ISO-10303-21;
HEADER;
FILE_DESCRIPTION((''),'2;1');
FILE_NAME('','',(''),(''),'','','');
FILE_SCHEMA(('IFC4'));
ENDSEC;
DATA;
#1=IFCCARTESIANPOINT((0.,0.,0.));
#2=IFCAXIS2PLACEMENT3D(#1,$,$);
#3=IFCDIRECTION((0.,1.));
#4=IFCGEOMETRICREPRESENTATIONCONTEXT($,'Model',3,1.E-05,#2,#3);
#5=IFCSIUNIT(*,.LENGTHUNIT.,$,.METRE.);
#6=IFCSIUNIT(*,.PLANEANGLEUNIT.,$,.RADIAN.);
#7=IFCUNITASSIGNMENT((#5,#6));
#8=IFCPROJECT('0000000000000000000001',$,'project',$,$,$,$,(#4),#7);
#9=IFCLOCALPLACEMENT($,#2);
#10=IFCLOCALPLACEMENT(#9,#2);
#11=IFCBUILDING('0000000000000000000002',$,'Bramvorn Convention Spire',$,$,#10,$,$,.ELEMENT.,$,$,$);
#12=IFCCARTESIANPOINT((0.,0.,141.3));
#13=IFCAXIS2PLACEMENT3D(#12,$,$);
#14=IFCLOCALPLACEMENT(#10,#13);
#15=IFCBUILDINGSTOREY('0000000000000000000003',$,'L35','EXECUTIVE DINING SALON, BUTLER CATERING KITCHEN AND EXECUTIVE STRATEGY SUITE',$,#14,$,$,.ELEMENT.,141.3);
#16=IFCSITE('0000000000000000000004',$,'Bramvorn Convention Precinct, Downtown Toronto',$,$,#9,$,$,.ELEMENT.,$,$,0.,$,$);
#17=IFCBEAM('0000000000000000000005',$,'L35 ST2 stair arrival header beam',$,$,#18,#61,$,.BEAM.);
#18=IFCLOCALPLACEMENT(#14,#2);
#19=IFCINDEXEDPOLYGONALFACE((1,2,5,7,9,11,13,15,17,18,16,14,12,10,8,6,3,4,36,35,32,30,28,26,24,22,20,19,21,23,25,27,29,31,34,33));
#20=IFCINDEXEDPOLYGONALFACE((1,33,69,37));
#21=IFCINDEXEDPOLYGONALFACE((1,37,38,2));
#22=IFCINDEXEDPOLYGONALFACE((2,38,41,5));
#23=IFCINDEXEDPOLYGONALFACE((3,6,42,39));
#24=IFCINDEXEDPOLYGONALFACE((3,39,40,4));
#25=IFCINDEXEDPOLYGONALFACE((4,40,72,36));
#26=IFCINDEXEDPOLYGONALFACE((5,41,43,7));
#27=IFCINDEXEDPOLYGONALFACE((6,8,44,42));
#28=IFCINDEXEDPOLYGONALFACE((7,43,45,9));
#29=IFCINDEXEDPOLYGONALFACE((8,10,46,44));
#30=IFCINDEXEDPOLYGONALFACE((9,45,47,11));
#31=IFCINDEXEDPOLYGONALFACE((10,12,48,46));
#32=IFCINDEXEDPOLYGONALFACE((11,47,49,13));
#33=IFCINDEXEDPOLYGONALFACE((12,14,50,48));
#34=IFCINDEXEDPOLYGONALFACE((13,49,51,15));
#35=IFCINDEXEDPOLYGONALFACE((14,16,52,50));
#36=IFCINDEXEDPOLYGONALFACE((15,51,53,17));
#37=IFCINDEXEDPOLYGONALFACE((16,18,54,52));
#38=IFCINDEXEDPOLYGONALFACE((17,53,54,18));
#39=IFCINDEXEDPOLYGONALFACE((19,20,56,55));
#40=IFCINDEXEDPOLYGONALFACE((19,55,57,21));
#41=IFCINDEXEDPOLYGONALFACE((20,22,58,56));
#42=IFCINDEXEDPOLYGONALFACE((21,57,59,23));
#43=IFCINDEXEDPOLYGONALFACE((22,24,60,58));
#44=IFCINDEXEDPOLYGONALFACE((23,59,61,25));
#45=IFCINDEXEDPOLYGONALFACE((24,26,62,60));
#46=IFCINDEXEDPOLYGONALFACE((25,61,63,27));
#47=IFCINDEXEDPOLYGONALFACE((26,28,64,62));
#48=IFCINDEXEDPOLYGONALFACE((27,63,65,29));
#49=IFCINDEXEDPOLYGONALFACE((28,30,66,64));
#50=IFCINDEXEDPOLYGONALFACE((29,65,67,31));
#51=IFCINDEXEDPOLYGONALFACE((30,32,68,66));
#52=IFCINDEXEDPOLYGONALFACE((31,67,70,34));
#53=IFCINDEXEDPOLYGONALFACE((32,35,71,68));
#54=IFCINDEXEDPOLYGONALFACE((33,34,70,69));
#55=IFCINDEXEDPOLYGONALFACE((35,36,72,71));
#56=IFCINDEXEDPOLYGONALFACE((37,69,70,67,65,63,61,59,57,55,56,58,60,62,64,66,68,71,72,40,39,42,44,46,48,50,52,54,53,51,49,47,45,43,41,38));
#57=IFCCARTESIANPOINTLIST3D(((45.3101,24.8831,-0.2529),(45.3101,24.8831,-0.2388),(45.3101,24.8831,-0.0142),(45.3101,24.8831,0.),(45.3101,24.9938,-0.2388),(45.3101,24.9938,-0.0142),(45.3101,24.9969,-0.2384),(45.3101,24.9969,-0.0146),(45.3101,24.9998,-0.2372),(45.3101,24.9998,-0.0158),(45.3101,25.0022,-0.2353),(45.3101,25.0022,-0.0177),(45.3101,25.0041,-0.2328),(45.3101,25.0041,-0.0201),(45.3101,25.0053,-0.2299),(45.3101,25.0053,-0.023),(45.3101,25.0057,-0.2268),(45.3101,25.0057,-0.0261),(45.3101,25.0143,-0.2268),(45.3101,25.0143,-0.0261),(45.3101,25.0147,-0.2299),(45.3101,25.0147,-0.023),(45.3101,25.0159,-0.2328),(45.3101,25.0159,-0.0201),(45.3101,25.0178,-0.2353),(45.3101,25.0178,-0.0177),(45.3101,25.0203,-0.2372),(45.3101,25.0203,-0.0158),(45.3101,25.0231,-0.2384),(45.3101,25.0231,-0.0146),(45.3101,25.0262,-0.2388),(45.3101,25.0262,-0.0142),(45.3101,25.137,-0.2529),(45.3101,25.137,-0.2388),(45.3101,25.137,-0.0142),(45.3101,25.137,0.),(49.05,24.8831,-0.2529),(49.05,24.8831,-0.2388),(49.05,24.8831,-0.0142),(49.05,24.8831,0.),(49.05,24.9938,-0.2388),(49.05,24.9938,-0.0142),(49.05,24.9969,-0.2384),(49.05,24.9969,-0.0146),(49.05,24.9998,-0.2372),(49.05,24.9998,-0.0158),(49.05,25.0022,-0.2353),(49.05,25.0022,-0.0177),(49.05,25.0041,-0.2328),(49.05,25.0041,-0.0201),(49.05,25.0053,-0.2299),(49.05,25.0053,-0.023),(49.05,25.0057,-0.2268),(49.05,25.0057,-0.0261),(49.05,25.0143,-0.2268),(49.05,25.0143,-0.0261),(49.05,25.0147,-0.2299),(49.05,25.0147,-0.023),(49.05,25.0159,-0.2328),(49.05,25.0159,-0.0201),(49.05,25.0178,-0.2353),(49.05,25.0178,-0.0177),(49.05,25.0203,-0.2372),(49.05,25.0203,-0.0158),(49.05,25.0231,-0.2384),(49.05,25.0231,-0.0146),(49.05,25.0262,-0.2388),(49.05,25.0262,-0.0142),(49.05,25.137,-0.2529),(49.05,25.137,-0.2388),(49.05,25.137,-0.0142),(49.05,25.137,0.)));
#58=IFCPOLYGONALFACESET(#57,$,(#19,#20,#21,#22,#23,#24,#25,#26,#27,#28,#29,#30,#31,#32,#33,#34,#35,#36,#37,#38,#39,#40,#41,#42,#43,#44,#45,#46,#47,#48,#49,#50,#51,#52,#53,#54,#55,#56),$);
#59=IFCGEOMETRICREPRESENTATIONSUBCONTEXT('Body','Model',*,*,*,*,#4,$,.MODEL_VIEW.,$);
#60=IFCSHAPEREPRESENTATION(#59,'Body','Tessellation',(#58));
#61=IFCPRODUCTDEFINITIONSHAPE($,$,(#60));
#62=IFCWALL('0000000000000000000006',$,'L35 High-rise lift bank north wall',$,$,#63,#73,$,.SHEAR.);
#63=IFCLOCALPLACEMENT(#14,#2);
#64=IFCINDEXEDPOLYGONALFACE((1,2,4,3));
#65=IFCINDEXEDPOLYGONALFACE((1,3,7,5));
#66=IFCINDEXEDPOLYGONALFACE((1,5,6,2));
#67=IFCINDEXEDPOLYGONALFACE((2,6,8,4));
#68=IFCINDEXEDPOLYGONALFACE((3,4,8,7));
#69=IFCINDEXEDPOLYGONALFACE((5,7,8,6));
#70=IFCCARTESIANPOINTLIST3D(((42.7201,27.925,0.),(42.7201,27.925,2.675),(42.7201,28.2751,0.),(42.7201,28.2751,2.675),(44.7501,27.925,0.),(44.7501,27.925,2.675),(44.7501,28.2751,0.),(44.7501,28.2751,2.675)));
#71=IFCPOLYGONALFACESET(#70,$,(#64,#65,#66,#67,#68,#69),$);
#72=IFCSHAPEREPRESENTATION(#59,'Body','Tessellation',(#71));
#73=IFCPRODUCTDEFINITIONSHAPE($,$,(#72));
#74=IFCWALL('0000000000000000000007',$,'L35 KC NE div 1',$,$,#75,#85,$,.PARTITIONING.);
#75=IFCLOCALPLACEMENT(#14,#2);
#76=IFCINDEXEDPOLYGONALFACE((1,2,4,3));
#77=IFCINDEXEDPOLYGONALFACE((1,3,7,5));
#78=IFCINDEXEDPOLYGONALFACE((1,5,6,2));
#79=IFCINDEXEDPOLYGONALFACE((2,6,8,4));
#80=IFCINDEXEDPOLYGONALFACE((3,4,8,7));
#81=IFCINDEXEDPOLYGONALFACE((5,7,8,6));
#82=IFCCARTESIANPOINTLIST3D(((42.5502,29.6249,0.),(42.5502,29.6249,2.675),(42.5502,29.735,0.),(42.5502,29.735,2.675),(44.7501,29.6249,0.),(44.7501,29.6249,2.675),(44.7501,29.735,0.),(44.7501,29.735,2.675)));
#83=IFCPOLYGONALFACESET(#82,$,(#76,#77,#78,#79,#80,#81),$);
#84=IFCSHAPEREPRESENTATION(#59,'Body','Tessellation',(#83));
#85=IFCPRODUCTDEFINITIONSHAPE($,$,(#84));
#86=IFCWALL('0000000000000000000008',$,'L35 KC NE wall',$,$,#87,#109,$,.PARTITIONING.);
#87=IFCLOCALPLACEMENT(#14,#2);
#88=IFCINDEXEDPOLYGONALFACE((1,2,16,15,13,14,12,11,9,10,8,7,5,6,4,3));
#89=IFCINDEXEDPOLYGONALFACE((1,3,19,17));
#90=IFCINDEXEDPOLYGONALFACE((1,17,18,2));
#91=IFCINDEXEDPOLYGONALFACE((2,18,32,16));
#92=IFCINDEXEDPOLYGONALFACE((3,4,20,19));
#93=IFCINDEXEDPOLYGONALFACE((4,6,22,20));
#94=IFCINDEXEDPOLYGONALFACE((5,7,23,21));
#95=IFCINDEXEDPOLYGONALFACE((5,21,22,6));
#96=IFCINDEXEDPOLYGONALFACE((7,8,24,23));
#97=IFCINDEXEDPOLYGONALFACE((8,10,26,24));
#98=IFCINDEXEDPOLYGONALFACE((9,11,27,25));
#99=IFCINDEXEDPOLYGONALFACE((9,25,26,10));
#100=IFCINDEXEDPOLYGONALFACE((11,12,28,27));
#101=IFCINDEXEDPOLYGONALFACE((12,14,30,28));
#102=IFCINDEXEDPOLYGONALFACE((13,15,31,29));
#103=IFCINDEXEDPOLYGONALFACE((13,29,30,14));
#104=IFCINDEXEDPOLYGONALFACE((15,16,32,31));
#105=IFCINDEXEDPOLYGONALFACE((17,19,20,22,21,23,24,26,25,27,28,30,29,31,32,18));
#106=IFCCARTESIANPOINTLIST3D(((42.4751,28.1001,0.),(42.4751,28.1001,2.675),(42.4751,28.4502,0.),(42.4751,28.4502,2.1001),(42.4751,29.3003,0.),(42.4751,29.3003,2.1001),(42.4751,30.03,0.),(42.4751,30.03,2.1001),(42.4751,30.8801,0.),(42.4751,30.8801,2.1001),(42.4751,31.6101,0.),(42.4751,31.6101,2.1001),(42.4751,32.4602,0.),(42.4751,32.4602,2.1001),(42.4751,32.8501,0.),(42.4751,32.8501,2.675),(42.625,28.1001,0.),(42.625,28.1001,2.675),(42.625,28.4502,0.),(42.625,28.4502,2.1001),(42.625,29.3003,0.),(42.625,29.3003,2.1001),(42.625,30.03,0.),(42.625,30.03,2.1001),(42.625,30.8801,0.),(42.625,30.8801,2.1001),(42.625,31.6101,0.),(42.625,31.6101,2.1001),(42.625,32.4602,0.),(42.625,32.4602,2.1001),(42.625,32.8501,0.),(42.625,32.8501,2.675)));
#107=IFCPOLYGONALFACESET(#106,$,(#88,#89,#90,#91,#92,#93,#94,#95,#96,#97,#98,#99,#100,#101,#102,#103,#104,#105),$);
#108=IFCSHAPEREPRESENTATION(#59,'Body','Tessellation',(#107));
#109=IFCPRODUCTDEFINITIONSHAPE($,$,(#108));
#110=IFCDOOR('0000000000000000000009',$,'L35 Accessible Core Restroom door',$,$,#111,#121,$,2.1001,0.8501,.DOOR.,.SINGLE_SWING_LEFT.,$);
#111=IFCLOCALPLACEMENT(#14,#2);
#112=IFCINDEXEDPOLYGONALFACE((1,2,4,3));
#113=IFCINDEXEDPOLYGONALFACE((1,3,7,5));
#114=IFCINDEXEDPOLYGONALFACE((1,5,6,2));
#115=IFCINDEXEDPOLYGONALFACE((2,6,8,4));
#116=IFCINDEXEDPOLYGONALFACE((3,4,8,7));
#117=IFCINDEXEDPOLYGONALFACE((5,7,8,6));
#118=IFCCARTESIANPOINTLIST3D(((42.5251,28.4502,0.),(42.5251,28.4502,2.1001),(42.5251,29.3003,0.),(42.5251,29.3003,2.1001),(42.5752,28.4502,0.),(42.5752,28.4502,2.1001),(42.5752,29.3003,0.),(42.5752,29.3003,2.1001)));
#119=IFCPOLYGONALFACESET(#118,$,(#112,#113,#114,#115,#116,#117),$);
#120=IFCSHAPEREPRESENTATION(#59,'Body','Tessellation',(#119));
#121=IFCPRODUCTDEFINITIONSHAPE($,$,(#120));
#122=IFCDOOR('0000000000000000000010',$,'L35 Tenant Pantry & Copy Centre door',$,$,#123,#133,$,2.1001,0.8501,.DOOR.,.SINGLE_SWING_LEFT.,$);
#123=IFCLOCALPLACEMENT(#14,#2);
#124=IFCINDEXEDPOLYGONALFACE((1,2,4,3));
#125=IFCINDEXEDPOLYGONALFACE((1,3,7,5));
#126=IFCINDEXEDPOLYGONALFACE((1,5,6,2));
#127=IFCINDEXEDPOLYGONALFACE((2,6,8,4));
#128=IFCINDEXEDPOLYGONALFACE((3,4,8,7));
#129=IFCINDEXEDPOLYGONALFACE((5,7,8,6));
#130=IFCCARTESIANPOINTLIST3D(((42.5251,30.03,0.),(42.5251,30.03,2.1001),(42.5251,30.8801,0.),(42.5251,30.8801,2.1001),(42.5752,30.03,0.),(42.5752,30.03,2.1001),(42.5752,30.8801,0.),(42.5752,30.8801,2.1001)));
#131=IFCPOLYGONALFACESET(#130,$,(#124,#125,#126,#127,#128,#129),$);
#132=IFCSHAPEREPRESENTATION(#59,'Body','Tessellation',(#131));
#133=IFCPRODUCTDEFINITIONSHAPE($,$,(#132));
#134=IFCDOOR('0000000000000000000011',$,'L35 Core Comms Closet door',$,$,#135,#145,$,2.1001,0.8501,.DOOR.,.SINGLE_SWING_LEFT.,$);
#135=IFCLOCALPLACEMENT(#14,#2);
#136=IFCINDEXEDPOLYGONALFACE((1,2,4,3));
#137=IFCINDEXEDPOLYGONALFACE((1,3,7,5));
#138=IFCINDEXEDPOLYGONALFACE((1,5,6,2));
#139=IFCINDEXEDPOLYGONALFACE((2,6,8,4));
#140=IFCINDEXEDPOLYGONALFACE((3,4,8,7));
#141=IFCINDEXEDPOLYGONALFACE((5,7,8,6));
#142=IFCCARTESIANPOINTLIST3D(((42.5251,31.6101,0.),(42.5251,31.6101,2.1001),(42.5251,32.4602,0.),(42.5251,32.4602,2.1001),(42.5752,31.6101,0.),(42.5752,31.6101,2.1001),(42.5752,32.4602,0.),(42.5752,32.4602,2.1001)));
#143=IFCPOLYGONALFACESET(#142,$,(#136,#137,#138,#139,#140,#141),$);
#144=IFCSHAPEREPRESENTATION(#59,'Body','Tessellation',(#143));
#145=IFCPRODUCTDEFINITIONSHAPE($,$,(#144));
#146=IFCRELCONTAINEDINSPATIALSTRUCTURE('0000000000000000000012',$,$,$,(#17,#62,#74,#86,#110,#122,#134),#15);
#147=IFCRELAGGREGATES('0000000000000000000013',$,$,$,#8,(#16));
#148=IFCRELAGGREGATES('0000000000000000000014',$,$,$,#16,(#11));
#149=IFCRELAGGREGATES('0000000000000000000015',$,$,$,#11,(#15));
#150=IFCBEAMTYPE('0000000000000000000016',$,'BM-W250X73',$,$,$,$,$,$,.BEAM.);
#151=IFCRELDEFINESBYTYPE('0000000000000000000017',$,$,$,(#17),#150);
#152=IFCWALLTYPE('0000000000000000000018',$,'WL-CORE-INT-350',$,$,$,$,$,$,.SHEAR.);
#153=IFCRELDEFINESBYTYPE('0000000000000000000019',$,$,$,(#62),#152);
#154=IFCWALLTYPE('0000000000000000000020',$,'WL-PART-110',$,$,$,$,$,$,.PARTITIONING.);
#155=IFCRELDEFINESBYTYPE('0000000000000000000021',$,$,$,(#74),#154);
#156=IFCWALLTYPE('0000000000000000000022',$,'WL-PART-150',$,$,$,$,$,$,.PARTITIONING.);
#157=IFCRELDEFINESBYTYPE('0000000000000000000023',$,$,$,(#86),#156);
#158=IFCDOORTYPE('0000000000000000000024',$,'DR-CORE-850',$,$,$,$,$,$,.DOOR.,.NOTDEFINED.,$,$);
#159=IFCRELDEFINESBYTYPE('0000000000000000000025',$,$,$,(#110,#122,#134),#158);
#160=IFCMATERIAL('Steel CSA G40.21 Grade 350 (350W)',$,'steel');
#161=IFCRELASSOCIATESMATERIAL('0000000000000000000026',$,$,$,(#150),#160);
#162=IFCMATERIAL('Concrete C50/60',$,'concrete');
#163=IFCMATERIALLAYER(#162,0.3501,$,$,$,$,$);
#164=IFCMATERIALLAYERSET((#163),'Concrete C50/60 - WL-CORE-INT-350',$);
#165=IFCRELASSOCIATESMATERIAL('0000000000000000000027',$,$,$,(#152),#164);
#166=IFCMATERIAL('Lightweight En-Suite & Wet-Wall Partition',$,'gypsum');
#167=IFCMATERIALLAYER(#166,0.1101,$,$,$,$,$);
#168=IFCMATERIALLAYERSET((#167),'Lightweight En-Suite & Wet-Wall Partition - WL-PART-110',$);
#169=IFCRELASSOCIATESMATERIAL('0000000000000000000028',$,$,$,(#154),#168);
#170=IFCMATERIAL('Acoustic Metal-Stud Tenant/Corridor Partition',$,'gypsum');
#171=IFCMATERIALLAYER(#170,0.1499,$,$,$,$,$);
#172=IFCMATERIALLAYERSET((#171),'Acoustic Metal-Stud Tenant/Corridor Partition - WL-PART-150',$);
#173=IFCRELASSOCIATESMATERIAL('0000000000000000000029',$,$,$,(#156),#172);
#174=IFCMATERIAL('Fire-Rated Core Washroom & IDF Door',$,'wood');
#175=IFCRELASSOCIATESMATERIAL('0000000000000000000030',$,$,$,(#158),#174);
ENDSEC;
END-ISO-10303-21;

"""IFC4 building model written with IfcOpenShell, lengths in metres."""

from ifc_helpers import new_model, si_unit, direction, frame, frame_2d, origin, origin_2d, place, context, subcontext, project, spatial, rectangle, i_section, extrude, material, layer, layer_set, material_profile, profile_set, type_object, element, fill, save


model = new_model("IFC4")

# Units and contexts
model_context = context("Model", 3, precision=1e-05, world=origin(), true_north=direction((0.0, 1.0)))
body_context = subcontext(model_context, "Body", "Model", "MODEL_VIEW")
ifc_project = project(units=[si_unit("LENGTHUNIT", "METRE"), si_unit("PLANEANGLEUNIT", "RADIAN")], contexts=[model_context])

# Site, building, storey
site_placement = place(None, origin())
site = spatial("IfcSite", under=ifc_project, at=site_placement, Name="Bramvorn Convention Precinct, Downtown Toronto", CompositionType="ELEMENT", RefElevation=0.0)
building_placement = place(site_placement, origin())
building = spatial("IfcBuilding", under=site, at=building_placement, Name="Bramvorn Convention Spire", CompositionType="ELEMENT")
storey_placement = place(building_placement, frame((0.0, 0.0, 141.3)))
storey = spatial("IfcBuildingStorey", under=building, at=storey_placement, Name="L35", Description="EXECUTIVE DINING SALON, BUTLER CATERING KITCHEN AND EXECUTIVE STRATEGY SUITE", CompositionType="ELEMENT", Elevation=141.3)

# Beam
ifc_material_1 = material(Name="Steel CSA G40.21 Grade 350 (350W)", Category="steel")
ifc_material_profile = material_profile(ifc_material_1, i_section(OverallWidth=0.2539, OverallDepth=0.2529, WebThickness=0.0085, FlangeThickness=0.0142, FilletRadius=0.012, at=origin_2d()))
ifc_profile_set = profile_set([ifc_material_profile], Name="Steel CSA G40.21 Grade 350 (350W) - W250X73")
beam_type = type_object("IfcBeamType", Name="BM-W250X73", PredefinedType="BEAM", material=ifc_profile_set)
beam_placement = place(storey_placement, frame((45.3101, 25.01, -0.1265), z_axis=(1.0, 0.0, 0.0), x_axis=(0.0, 1.0, 0.0)))
element("IfcBeam", 1, at=beam_placement, inside=storey, type_object=beam_type, Name="L35 ST2 stair arrival header beam", PredefinedType="BEAM", context=body_context, shape_type="SweptSolid", body=[
    extrude(i_section(OverallWidth=0.2539, OverallDepth=0.2529, WebThickness=0.0085, FlangeThickness=0.0142, FilletRadius=0.012, at=origin_2d()), origin(), (0.0, 0.0, 1.0), 3.74),
])

# Walls
ifc_material_2 = material(Name="Concrete C50/60", Category="concrete")
ifc_layer_1 = layer(ifc_material_2, 0.3501)
ifc_layer_set_1 = layer_set([ifc_layer_1], Name="Concrete C50/60 - WL-CORE-INT-350")
wall_type_1 = type_object("IfcWallType", Name="WL-CORE-INT-350", PredefinedType="SHEAR", material=ifc_layer_set_1)
wall_1_placement = place(storey_placement, frame((42.72, 28.1001, 0.0), z_axis=(0.0, 0.0, 1.0), x_axis=(1.0, 0.0, 0.0)))
element("IfcWall", 2, at=wall_1_placement, inside=storey, type_object=wall_type_1, Name="L35 High-rise lift bank north wall", PredefinedType="SHEAR", context=body_context, shape_type="SweptSolid", body=[
    extrude(rectangle(XDim=2.03, YDim=0.3501, at=frame_2d((1.0151, 0.0))), origin(), (0.0, 0.0, 1.0), 2.675),
])
ifc_material_3 = material(Name="Lightweight En-Suite & Wet-Wall Partition", Category="gypsum")
ifc_layer_2 = layer(ifc_material_3, 0.1101)
ifc_layer_set_2 = layer_set([ifc_layer_2], Name="Lightweight En-Suite & Wet-Wall Partition - WL-PART-110")
wall_type_2 = type_object("IfcWallType", Name="WL-PART-110", PredefinedType="PARTITIONING", material=ifc_layer_set_2)
wall_2_placement = place(storey_placement, frame((42.55, 29.6799, 0.0), z_axis=(0.0, 0.0, 1.0), x_axis=(1.0, 0.0, 0.0)))
element("IfcWall", 3, at=wall_2_placement, inside=storey, type_object=wall_type_2, Name="L35 KC NE div 1", PredefinedType="PARTITIONING", context=body_context, shape_type="SweptSolid", body=[
    extrude(rectangle(XDim=2.2, YDim=0.1101, at=frame_2d((1.1001, 0.0))), origin(), (0.0, 0.0, 1.0), 2.675),
])

# Wall, openings, doors
ifc_material_4 = material(Name="Acoustic Metal-Stud Tenant/Corridor Partition", Category="gypsum")
ifc_layer_3 = layer(ifc_material_4, 0.1499)
ifc_layer_set_3 = layer_set([ifc_layer_3], Name="Acoustic Metal-Stud Tenant/Corridor Partition - WL-PART-150")
wall_type_3 = type_object("IfcWallType", Name="WL-PART-150", PredefinedType="PARTITIONING", material=ifc_layer_set_3)
wall_3_placement = place(storey_placement, frame((42.55, 28.1001, 0.0), z_axis=(0.0, 0.0, 1.0), x_axis=(0.0, 1.0, 0.0)))
wall_3 = element("IfcWall", 4, at=wall_3_placement, inside=storey, type_object=wall_type_3, Name="L35 KC NE wall", PredefinedType="PARTITIONING", context=body_context, shape_type="SweptSolid", body=[
    extrude(rectangle(XDim=4.75, YDim=0.1499, at=frame_2d((2.375, 0.0))), origin(), (0.0, 0.0, 1.0), 2.675),
])
opening_1_placement = place(wall_3_placement, frame((0.3501, 0.0, 0.0)))
opening_1 = element("IfcOpeningElement", 5, at=opening_1_placement, cuts=wall_3, PredefinedType="OPENING", context=body_context, shape_type="SweptSolid", body=[
    extrude(rectangle(XDim=0.8501, YDim=2.1001, at=frame_2d((0.425, 1.05))), frame((0.0, 0.085, 0.0), z_axis=(0.0, -1.0, 0.0), x_axis=(1.0, 0.0, 0.0)), (0.0, 0.0, 1.0), 0.1699),
])
opening_2_placement = place(wall_3_placement, frame((1.9299, 0.0, 0.0)))
opening_2 = element("IfcOpeningElement", 6, at=opening_2_placement, cuts=wall_3, PredefinedType="OPENING", context=body_context, shape_type="SweptSolid", body=[
    extrude(rectangle(XDim=0.8501, YDim=2.1001, at=frame_2d((0.425, 1.05))), frame((0.0, 0.085, 0.0), z_axis=(0.0, -1.0, 0.0), x_axis=(1.0, 0.0, 0.0)), (0.0, 0.0, 1.0), 0.1699),
])
opening_3_placement = place(wall_3_placement, frame((3.51, 0.0, 0.0)))
opening_3 = element("IfcOpeningElement", 7, at=opening_3_placement, cuts=wall_3, PredefinedType="OPENING", context=body_context, shape_type="SweptSolid", body=[
    extrude(rectangle(XDim=0.8501, YDim=2.1001, at=frame_2d((0.425, 1.05))), frame((0.0, 0.085, 0.0), z_axis=(0.0, -1.0, 0.0), x_axis=(1.0, 0.0, 0.0)), (0.0, 0.0, 1.0), 0.1699),
])
ifc_material_5 = material(Name="Fire-Rated Core Washroom & IDF Door", Category="wood")
door_type_1 = type_object("IfcDoorType", Name="DR-CORE-850", OperationType="NOTDEFINED", PredefinedType="DOOR", material=ifc_material_5)
door_1_placement = place(opening_1_placement, origin())
door_1 = element("IfcDoor", 8, at=door_1_placement, inside=storey, type_object=door_type_1, Name="L35 Accessible Core Restroom door", OperationType="SINGLE_SWING_LEFT", OverallHeight=2.1001, OverallWidth=0.8501, PredefinedType="DOOR", context=body_context, shape_type="SweptSolid", body=[
    extrude(rectangle(XDim=0.8501, YDim=2.1001, at=frame_2d((0.425, 1.05))), frame((0.0, 0.0249, 0.0), z_axis=(0.0, -1.0, 0.0), x_axis=(1.0, 0.0, 0.0)), (0.0, 0.0, 1.0), 0.05),
])
fill(opening_1, door_1)
door_2_placement = place(opening_2_placement, origin())
door_2 = element("IfcDoor", 9, at=door_2_placement, inside=storey, type_object=door_type_1, Name="L35 Tenant Pantry & Copy Centre door", OperationType="SINGLE_SWING_LEFT", OverallHeight=2.1001, OverallWidth=0.8501, PredefinedType="DOOR", context=body_context, shape_type="SweptSolid", body=[
    extrude(rectangle(XDim=0.8501, YDim=2.1001, at=frame_2d((0.425, 1.05))), frame((0.0, 0.0249, 0.0), z_axis=(0.0, -1.0, 0.0), x_axis=(1.0, 0.0, 0.0)), (0.0, 0.0, 1.0), 0.05),
])
fill(opening_2, door_2)
door_3_placement = place(opening_3_placement, origin())
door_3 = element("IfcDoor", 10, at=door_3_placement, inside=storey, type_object=door_type_1, Name="L35 Core Comms Closet door", OperationType="SINGLE_SWING_LEFT", OverallHeight=2.1001, OverallWidth=0.8501, PredefinedType="DOOR", context=body_context, shape_type="SweptSolid", body=[
    extrude(rectangle(XDim=0.8501, YDim=2.1001, at=frame_2d((0.425, 1.05))), frame((0.0, 0.0249, 0.0), z_axis=(0.0, -1.0, 0.0), x_axis=(1.0, 0.0, 0.0)), (0.0, 0.0, 1.0), 0.05),
])
fill(opening_3, door_3)

save(model, "model.ifc")
